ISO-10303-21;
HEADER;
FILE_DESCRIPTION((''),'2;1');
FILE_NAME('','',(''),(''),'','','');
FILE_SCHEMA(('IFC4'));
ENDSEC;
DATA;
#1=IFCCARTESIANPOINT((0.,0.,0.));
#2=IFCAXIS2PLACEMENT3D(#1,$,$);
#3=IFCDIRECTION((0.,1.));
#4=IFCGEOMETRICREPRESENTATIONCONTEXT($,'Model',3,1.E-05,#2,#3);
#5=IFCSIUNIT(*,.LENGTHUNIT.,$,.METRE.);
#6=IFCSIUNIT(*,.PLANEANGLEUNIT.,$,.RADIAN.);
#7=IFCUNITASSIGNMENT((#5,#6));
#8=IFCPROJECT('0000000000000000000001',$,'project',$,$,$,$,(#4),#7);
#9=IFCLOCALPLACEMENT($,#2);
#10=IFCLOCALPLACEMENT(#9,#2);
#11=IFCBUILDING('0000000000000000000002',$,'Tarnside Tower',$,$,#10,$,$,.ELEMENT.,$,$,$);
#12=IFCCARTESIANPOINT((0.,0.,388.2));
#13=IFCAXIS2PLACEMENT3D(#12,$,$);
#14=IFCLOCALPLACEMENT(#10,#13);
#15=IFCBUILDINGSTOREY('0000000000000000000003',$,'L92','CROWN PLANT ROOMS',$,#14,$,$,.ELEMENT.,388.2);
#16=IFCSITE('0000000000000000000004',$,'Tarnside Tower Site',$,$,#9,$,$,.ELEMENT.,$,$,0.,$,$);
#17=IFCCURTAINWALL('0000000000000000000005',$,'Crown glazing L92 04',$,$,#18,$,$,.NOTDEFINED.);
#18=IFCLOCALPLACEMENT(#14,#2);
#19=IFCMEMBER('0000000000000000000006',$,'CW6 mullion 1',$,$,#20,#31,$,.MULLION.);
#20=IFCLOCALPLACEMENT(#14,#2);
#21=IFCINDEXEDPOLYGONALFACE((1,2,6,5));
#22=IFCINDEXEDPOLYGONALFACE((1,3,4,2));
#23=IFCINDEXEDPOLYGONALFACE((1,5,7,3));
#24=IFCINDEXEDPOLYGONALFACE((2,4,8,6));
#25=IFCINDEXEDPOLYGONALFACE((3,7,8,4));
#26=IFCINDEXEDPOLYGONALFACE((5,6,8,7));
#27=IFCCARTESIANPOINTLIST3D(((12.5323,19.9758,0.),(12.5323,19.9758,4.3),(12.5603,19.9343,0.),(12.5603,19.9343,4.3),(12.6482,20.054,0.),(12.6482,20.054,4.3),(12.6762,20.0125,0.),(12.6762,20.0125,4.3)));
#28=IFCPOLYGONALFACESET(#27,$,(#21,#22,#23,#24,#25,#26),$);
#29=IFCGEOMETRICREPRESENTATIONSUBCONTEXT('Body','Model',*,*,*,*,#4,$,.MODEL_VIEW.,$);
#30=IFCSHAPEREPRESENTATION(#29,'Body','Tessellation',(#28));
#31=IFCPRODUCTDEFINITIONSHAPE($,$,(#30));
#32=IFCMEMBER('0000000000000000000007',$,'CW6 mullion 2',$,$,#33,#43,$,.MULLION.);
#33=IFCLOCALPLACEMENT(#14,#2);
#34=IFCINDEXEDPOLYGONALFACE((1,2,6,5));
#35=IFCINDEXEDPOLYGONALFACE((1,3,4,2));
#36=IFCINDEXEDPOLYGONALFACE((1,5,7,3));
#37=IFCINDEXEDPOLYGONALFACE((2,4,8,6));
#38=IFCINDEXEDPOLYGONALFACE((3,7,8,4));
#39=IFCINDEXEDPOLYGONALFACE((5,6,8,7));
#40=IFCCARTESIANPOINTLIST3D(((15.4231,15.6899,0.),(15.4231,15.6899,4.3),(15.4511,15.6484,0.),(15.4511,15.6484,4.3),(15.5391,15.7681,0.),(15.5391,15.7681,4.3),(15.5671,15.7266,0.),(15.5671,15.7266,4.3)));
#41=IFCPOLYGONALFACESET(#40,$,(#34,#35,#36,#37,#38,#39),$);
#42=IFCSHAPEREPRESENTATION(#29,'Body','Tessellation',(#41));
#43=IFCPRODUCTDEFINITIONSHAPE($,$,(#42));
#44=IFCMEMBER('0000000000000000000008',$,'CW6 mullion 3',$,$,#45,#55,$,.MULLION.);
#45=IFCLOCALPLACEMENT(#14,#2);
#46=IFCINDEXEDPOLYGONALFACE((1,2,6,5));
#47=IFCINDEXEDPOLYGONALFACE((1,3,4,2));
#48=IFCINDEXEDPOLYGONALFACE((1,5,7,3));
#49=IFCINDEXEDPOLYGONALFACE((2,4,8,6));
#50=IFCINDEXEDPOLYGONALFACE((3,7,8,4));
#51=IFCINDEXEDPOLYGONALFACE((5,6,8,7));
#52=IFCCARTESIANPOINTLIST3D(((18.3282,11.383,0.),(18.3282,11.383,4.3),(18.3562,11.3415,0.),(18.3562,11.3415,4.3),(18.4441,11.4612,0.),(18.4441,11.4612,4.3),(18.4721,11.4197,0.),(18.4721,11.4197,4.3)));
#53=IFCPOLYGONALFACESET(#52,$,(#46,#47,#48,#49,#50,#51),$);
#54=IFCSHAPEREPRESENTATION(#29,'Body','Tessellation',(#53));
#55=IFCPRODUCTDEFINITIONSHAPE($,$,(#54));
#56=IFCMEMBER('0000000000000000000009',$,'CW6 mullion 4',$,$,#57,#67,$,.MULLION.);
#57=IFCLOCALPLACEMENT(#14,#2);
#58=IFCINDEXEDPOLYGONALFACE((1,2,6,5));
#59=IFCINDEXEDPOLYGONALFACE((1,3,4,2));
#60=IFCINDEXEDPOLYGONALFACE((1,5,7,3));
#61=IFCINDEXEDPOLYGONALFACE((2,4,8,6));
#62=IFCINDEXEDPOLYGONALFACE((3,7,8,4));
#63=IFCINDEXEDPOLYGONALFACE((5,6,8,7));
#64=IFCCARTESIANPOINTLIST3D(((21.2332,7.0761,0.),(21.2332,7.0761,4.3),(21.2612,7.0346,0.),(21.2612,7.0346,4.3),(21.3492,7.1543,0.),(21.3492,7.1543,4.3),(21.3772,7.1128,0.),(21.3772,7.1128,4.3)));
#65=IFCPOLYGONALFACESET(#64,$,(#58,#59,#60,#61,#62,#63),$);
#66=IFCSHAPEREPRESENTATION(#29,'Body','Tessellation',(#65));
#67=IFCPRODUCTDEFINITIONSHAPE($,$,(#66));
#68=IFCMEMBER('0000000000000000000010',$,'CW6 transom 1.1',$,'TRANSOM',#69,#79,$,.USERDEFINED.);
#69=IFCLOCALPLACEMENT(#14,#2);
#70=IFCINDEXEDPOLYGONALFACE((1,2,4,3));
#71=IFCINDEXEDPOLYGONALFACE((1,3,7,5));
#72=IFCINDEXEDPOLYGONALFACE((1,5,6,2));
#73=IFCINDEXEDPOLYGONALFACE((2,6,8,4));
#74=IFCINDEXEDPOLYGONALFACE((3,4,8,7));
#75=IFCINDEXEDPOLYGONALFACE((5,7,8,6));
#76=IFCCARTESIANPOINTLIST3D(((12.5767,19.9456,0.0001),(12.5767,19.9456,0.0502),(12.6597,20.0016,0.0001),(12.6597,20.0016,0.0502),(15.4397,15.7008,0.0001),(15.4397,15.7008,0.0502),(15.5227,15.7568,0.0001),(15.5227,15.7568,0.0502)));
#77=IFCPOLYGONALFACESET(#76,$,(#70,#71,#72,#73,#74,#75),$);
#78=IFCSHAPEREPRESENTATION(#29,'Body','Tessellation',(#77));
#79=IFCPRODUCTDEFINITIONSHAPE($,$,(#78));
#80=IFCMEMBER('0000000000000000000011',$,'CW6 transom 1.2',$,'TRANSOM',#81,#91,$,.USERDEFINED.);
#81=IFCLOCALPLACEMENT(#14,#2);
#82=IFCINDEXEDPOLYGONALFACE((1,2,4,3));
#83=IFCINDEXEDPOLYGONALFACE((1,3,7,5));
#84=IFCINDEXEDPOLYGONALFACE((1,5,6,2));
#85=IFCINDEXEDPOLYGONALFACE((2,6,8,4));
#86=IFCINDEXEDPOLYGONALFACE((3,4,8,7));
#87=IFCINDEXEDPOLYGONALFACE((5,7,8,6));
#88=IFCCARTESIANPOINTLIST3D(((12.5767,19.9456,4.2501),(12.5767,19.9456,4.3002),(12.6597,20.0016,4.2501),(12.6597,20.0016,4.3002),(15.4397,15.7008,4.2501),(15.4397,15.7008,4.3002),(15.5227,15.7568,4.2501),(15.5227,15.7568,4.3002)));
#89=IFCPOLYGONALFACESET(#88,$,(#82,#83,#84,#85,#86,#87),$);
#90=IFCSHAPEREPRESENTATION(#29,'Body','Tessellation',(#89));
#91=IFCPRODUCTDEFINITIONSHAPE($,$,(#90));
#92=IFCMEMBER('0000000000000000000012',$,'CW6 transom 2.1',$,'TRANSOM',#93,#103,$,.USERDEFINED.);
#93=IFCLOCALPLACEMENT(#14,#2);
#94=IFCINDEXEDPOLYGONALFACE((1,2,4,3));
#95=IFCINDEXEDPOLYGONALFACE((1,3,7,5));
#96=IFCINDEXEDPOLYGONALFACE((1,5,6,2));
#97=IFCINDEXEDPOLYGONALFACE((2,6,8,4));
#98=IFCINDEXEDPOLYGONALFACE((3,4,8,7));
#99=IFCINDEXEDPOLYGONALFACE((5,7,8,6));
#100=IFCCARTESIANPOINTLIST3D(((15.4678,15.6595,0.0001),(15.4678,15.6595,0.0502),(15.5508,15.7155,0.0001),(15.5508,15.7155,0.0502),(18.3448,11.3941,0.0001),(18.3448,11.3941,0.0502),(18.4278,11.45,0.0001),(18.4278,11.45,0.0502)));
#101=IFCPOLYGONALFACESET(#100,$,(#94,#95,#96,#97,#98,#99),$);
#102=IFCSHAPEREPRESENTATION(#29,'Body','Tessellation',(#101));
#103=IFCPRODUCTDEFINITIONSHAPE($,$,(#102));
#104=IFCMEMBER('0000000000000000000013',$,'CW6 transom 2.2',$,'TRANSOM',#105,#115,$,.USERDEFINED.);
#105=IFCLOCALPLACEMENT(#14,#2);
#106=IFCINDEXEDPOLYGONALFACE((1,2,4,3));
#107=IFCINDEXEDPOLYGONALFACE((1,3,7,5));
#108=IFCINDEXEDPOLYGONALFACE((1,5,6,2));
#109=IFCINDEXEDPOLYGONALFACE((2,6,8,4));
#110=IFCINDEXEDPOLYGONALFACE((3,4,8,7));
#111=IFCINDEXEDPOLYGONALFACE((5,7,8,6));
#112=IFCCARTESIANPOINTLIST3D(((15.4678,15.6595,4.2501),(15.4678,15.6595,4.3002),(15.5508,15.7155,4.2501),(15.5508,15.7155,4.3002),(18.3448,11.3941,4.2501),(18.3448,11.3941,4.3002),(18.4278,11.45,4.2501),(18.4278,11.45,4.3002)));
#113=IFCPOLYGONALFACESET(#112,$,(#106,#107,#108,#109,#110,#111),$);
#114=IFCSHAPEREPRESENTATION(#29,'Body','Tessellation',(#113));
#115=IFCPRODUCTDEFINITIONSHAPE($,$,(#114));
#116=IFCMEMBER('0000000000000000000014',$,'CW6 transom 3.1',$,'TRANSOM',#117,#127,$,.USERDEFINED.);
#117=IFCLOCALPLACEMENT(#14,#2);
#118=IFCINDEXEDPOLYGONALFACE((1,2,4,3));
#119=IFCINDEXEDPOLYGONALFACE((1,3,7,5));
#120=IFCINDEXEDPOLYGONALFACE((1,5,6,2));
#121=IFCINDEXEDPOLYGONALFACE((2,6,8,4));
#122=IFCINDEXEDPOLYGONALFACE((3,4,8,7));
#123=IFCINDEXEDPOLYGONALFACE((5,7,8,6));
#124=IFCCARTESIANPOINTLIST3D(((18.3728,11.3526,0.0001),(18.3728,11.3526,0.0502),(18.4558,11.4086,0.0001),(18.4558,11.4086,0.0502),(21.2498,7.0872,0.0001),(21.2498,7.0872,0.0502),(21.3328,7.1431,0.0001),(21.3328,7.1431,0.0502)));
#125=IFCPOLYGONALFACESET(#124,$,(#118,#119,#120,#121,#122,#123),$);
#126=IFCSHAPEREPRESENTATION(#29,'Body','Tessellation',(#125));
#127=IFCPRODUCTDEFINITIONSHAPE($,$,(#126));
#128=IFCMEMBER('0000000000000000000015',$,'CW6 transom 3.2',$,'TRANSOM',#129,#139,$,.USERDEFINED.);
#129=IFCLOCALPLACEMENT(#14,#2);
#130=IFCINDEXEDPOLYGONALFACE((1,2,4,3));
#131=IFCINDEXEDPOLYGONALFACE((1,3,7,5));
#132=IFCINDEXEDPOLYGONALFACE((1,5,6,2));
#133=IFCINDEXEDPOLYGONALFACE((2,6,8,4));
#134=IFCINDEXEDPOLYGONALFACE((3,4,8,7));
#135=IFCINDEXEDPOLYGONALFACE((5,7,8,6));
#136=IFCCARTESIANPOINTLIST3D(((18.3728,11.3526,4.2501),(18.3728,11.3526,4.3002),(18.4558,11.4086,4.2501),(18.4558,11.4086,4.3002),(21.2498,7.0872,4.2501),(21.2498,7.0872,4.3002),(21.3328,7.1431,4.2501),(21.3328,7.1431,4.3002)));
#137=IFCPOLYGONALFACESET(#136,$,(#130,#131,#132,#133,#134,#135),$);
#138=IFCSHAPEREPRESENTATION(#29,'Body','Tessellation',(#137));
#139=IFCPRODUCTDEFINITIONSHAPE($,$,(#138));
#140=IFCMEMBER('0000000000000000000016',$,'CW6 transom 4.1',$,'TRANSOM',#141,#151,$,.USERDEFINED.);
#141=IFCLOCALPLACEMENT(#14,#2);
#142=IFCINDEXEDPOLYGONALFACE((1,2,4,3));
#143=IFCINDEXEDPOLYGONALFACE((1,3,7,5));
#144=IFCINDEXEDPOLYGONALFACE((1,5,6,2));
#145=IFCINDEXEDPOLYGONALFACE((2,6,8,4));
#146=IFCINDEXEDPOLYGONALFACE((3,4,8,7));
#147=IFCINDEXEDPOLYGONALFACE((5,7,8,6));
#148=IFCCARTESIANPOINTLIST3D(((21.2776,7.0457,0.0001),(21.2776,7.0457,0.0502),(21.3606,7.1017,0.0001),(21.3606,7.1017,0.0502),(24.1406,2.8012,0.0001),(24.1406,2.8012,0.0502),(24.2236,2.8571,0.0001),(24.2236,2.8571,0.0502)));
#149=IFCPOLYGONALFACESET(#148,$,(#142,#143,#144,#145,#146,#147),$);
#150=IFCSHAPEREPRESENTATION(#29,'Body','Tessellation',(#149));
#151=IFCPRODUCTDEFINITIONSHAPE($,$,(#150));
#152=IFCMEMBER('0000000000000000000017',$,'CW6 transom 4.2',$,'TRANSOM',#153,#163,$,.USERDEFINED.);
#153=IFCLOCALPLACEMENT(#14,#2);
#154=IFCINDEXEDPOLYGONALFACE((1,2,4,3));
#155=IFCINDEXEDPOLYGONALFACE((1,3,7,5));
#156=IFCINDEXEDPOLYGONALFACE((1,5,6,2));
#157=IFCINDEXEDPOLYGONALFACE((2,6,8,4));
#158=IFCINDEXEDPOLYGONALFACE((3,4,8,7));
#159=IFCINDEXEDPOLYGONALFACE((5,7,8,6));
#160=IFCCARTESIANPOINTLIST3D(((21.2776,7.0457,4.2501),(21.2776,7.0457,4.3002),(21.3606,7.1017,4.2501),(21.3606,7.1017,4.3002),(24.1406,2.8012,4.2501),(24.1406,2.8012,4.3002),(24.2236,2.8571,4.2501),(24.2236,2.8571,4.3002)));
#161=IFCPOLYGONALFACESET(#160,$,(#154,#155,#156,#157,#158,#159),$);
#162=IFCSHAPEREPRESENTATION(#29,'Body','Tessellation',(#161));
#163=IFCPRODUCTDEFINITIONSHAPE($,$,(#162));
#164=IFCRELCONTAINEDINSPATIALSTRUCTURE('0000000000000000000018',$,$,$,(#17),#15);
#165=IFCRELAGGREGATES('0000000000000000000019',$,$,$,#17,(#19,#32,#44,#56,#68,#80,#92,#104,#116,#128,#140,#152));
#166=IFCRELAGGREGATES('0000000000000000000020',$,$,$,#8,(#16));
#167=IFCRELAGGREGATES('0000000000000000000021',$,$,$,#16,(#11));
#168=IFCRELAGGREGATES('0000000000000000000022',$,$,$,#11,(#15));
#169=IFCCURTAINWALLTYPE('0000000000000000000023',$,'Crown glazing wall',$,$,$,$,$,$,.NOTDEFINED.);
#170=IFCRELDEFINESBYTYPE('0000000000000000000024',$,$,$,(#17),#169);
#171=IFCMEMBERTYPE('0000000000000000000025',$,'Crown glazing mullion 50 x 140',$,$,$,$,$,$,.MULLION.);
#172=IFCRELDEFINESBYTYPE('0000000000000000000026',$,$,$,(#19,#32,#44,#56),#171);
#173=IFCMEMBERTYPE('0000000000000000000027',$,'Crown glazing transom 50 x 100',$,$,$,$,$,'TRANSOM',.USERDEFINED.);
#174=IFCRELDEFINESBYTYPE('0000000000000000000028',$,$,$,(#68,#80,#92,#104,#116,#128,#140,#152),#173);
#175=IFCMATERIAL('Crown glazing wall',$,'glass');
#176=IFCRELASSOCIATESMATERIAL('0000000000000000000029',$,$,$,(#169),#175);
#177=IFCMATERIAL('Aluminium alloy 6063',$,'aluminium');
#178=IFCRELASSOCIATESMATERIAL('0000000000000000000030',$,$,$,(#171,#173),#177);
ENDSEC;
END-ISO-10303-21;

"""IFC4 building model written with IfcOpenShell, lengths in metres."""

from ifc_helpers import new_model, si_unit, direction, frame, origin, origin_2d, place, context, subcontext, project, spatial, rectangle, extrude, material, material_profile, profile_set, type_object, element, aggregate, save


model = new_model("IFC4")

# Units and contexts
model_context = context("Model", 3, precision=1e-05, world=origin(), true_north=direction((0.0, 1.0)))
body_context = subcontext(model_context, "Body", "Model", "MODEL_VIEW")
ifc_project = project(units=[si_unit("LENGTHUNIT", "METRE"), si_unit("PLANEANGLEUNIT", "RADIAN")], contexts=[model_context])

# Site, building, storey
site_placement = place(None, origin())
site = spatial("IfcSite", under=ifc_project, at=site_placement, Name="Tarnside Tower Site", CompositionType="ELEMENT", RefElevation=0.0)
building_placement = place(site_placement, origin())
building = spatial("IfcBuilding", under=site, at=building_placement, Name="Tarnside Tower", CompositionType="ELEMENT")
storey_placement = place(building_placement, frame((0.0, 0.0, 388.2)))
storey = spatial("IfcBuildingStorey", under=building, at=storey_placement, Name="L92", Description="CROWN PLANT ROOMS", CompositionType="ELEMENT", Elevation=388.2)

# Curtain wall, members
ifc_material_1 = material(Name="Crown glazing wall", Category="glass")
curtain_wall_type = type_object("IfcCurtainWallType", Name="Crown glazing wall", PredefinedType="NOTDEFINED", material=ifc_material_1)
curtain_wall_placement = place(storey_placement, origin())
curtain_wall = element("IfcCurtainWall", 1, at=curtain_wall_placement, inside=storey, type_object=curtain_wall_type, Name="Crown glazing L92 04", PredefinedType="NOTDEFINED")
ifc_material_2 = material(Name="Aluminium alloy 6063", Category="aluminium")
ifc_material_profile_1 = material_profile(ifc_material_2, rectangle(XDim=0.1399, YDim=0.05, at=origin_2d()), Name="Crown glazing mullion 50 x 140")
ifc_profile_set_1 = profile_set([ifc_material_profile_1], Name="Aluminium alloy 6063")
member_type_1 = type_object("IfcMemberType", Name="Crown glazing mullion 50 x 140", PredefinedType="MULLION", material=ifc_profile_set_1)
member_1_placement = place(storey_placement, frame((12.6042, 19.9941, 0.0), z_axis=(0.0, 0.0, 1.0), x_axis=(0.829038, 0.559193, 0.0)))
member_1 = element("IfcMember", 2, at=member_1_placement, type_object=member_type_1, Name="CW6 mullion 1", PredefinedType="MULLION", context=body_context, shape_type="SweptSolid", body=[
    extrude(rectangle(XDim=0.1399, YDim=0.05, at=origin_2d()), origin(), (0.0, 0.0, 1.0), 4.3),
])
member_2_placement = place(storey_placement, frame((15.4951, 15.7083, 0.0), z_axis=(0.0, 0.0, 1.0), x_axis=(0.829038, 0.559193, 0.0)))
member_2 = element("IfcMember", 3, at=member_2_placement, type_object=member_type_1, Name="CW6 mullion 2", PredefinedType="MULLION", context=body_context, shape_type="SweptSolid", body=[
    extrude(rectangle(XDim=0.1399, YDim=0.05, at=origin_2d()), origin(), (0.0, 0.0, 1.0), 4.3),
])
member_3_placement = place(storey_placement, frame((18.4001, 11.4014, 0.0), z_axis=(0.0, 0.0, 1.0), x_axis=(0.829038, 0.559193, 0.0)))
member_3 = element("IfcMember", 4, at=member_3_placement, type_object=member_type_1, Name="CW6 mullion 3", PredefinedType="MULLION", context=body_context, shape_type="SweptSolid", body=[
    extrude(rectangle(XDim=0.1399, YDim=0.05, at=origin_2d()), origin(), (0.0, 0.0, 1.0), 4.3),
])
member_4_placement = place(storey_placement, frame((21.3052, 7.0945, 0.0), z_axis=(0.0, 0.0, 1.0), x_axis=(0.829038, 0.559193, 0.0)))
member_4 = element("IfcMember", 5, at=member_4_placement, type_object=member_type_1, Name="CW6 mullion 4", PredefinedType="MULLION", context=body_context, shape_type="SweptSolid", body=[
    extrude(rectangle(XDim=0.1399, YDim=0.05, at=origin_2d()), origin(), (0.0, 0.0, 1.0), 4.3),
])
ifc_material_profile_2 = material_profile(ifc_material_2, rectangle(XDim=0.1001, YDim=0.05, at=origin_2d()), Name="Crown glazing transom 50 x 100")
ifc_profile_set_2 = profile_set([ifc_material_profile_2], Name="Aluminium alloy 6063")
member_type_2 = type_object("IfcMemberType", Name="Crown glazing transom 50 x 100", ElementType="TRANSOM", PredefinedType="USERDEFINED", material=ifc_profile_set_2)
member_5_placement = place(storey_placement, frame((12.6182, 19.9736, 0.0251), z_axis=(0.559171, -0.829053, 0.0), x_axis=(0.829053, 0.559171, 0.0)))
member_5 = element("IfcMember", 6, at=member_5_placement, type_object=member_type_2, Name="CW6 transom 1.1", ObjectType="TRANSOM", PredefinedType="USERDEFINED", context=body_context, shape_type="SweptSolid", body=[
    extrude(rectangle(XDim=0.1001, YDim=0.05, at=origin_2d()), origin(), (0.0, 0.0, 1.0), 5.1201),
])
member_6_placement = place(storey_placement, frame((12.6182, 19.9736, 4.2751), z_axis=(0.559171, -0.829053, 0.0), x_axis=(0.829053, 0.559171, 0.0)))
member_6 = element("IfcMember", 7, at=member_6_placement, type_object=member_type_2, Name="CW6 transom 1.2", ObjectType="TRANSOM", PredefinedType="USERDEFINED", context=body_context, shape_type="SweptSolid", body=[
    extrude(rectangle(XDim=0.1001, YDim=0.05, at=origin_2d()), origin(), (0.0, 0.0, 1.0), 5.1201),
])
member_7_placement = place(storey_placement, frame((15.5093, 15.6875, 0.0251), z_axis=(0.559182, -0.829045, 0.0), x_axis=(0.829045, 0.559182, 0.0)))
member_7 = element("IfcMember", 8, at=member_7_placement, type_object=member_type_2, Name="CW6 transom 2.1", ObjectType="TRANSOM", PredefinedType="USERDEFINED", context=body_context, shape_type="SweptSolid", body=[
    extrude(rectangle(XDim=0.1001, YDim=0.05, at=origin_2d()), origin(), (0.0, 0.0, 1.0), 5.145),
])
member_8_placement = place(storey_placement, frame((15.5093, 15.6875, 4.2751), z_axis=(0.559182, -0.829045, 0.0), x_axis=(0.829045, 0.559182, 0.0)))
member_8 = element("IfcMember", 9, at=member_8_placement, type_object=member_type_2, Name="CW6 transom 2.2", ObjectType="TRANSOM", PredefinedType="USERDEFINED", context=body_context, shape_type="SweptSolid", body=[
    extrude(rectangle(XDim=0.1001, YDim=0.05, at=origin_2d()), origin(), (0.0, 0.0, 1.0), 5.145),
])
member_9_placement = place(storey_placement, frame((18.4143, 11.3806, 0.0251), z_axis=(0.559182, -0.829045, 0.0), x_axis=(0.829045, 0.559182, 0.0)))
member_9 = element("IfcMember", 10, at=member_9_placement, type_object=member_type_2, Name="CW6 transom 3.1", ObjectType="TRANSOM", PredefinedType="USERDEFINED", context=body_context, shape_type="SweptSolid", body=[
    extrude(rectangle(XDim=0.1001, YDim=0.05, at=origin_2d()), origin(), (0.0, 0.0, 1.0), 5.145),
])
member_10_placement = place(storey_placement, frame((18.4143, 11.3806, 4.2751), z_axis=(0.559182, -0.829045, 0.0), x_axis=(0.829045, 0.559182, 0.0)))
member_10 = element("IfcMember", 11, at=member_10_placement, type_object=member_type_2, Name="CW6 transom 3.2", ObjectType="TRANSOM", PredefinedType="USERDEFINED", context=body_context, shape_type="SweptSolid", body=[
    extrude(rectangle(XDim=0.1001, YDim=0.05, at=origin_2d()), origin(), (0.0, 0.0, 1.0), 5.145),
])
member_11_placement = place(storey_placement, frame((21.3191, 7.0737, 0.0251), z_axis=(0.559193, -0.829038, 0.0), x_axis=(0.829038, 0.559193, 0.0)))
member_11 = element("IfcMember", 12, at=member_11_placement, type_object=member_type_2, Name="CW6 transom 4.1", ObjectType="TRANSOM", PredefinedType="USERDEFINED", context=body_context, shape_type="SweptSolid", body=[
    extrude(rectangle(XDim=0.1001, YDim=0.05, at=origin_2d()), origin(), (0.0, 0.0, 1.0), 5.1199),
])
member_12_placement = place(storey_placement, frame((21.3191, 7.0737, 4.2751), z_axis=(0.559193, -0.829038, 0.0), x_axis=(0.829038, 0.559193, 0.0)))
member_12 = element("IfcMember", 13, at=member_12_placement, type_object=member_type_2, Name="CW6 transom 4.2", ObjectType="TRANSOM", PredefinedType="USERDEFINED", context=body_context, shape_type="SweptSolid", body=[
    extrude(rectangle(XDim=0.1001, YDim=0.05, at=origin_2d()), origin(), (0.0, 0.0, 1.0), 5.1199),
])

aggregate(curtain_wall, [member_1, member_2, member_3, member_4, member_5, member_6, member_7, member_8, member_9, member_10, member_11, member_12])

save(model, "model.ifc")
